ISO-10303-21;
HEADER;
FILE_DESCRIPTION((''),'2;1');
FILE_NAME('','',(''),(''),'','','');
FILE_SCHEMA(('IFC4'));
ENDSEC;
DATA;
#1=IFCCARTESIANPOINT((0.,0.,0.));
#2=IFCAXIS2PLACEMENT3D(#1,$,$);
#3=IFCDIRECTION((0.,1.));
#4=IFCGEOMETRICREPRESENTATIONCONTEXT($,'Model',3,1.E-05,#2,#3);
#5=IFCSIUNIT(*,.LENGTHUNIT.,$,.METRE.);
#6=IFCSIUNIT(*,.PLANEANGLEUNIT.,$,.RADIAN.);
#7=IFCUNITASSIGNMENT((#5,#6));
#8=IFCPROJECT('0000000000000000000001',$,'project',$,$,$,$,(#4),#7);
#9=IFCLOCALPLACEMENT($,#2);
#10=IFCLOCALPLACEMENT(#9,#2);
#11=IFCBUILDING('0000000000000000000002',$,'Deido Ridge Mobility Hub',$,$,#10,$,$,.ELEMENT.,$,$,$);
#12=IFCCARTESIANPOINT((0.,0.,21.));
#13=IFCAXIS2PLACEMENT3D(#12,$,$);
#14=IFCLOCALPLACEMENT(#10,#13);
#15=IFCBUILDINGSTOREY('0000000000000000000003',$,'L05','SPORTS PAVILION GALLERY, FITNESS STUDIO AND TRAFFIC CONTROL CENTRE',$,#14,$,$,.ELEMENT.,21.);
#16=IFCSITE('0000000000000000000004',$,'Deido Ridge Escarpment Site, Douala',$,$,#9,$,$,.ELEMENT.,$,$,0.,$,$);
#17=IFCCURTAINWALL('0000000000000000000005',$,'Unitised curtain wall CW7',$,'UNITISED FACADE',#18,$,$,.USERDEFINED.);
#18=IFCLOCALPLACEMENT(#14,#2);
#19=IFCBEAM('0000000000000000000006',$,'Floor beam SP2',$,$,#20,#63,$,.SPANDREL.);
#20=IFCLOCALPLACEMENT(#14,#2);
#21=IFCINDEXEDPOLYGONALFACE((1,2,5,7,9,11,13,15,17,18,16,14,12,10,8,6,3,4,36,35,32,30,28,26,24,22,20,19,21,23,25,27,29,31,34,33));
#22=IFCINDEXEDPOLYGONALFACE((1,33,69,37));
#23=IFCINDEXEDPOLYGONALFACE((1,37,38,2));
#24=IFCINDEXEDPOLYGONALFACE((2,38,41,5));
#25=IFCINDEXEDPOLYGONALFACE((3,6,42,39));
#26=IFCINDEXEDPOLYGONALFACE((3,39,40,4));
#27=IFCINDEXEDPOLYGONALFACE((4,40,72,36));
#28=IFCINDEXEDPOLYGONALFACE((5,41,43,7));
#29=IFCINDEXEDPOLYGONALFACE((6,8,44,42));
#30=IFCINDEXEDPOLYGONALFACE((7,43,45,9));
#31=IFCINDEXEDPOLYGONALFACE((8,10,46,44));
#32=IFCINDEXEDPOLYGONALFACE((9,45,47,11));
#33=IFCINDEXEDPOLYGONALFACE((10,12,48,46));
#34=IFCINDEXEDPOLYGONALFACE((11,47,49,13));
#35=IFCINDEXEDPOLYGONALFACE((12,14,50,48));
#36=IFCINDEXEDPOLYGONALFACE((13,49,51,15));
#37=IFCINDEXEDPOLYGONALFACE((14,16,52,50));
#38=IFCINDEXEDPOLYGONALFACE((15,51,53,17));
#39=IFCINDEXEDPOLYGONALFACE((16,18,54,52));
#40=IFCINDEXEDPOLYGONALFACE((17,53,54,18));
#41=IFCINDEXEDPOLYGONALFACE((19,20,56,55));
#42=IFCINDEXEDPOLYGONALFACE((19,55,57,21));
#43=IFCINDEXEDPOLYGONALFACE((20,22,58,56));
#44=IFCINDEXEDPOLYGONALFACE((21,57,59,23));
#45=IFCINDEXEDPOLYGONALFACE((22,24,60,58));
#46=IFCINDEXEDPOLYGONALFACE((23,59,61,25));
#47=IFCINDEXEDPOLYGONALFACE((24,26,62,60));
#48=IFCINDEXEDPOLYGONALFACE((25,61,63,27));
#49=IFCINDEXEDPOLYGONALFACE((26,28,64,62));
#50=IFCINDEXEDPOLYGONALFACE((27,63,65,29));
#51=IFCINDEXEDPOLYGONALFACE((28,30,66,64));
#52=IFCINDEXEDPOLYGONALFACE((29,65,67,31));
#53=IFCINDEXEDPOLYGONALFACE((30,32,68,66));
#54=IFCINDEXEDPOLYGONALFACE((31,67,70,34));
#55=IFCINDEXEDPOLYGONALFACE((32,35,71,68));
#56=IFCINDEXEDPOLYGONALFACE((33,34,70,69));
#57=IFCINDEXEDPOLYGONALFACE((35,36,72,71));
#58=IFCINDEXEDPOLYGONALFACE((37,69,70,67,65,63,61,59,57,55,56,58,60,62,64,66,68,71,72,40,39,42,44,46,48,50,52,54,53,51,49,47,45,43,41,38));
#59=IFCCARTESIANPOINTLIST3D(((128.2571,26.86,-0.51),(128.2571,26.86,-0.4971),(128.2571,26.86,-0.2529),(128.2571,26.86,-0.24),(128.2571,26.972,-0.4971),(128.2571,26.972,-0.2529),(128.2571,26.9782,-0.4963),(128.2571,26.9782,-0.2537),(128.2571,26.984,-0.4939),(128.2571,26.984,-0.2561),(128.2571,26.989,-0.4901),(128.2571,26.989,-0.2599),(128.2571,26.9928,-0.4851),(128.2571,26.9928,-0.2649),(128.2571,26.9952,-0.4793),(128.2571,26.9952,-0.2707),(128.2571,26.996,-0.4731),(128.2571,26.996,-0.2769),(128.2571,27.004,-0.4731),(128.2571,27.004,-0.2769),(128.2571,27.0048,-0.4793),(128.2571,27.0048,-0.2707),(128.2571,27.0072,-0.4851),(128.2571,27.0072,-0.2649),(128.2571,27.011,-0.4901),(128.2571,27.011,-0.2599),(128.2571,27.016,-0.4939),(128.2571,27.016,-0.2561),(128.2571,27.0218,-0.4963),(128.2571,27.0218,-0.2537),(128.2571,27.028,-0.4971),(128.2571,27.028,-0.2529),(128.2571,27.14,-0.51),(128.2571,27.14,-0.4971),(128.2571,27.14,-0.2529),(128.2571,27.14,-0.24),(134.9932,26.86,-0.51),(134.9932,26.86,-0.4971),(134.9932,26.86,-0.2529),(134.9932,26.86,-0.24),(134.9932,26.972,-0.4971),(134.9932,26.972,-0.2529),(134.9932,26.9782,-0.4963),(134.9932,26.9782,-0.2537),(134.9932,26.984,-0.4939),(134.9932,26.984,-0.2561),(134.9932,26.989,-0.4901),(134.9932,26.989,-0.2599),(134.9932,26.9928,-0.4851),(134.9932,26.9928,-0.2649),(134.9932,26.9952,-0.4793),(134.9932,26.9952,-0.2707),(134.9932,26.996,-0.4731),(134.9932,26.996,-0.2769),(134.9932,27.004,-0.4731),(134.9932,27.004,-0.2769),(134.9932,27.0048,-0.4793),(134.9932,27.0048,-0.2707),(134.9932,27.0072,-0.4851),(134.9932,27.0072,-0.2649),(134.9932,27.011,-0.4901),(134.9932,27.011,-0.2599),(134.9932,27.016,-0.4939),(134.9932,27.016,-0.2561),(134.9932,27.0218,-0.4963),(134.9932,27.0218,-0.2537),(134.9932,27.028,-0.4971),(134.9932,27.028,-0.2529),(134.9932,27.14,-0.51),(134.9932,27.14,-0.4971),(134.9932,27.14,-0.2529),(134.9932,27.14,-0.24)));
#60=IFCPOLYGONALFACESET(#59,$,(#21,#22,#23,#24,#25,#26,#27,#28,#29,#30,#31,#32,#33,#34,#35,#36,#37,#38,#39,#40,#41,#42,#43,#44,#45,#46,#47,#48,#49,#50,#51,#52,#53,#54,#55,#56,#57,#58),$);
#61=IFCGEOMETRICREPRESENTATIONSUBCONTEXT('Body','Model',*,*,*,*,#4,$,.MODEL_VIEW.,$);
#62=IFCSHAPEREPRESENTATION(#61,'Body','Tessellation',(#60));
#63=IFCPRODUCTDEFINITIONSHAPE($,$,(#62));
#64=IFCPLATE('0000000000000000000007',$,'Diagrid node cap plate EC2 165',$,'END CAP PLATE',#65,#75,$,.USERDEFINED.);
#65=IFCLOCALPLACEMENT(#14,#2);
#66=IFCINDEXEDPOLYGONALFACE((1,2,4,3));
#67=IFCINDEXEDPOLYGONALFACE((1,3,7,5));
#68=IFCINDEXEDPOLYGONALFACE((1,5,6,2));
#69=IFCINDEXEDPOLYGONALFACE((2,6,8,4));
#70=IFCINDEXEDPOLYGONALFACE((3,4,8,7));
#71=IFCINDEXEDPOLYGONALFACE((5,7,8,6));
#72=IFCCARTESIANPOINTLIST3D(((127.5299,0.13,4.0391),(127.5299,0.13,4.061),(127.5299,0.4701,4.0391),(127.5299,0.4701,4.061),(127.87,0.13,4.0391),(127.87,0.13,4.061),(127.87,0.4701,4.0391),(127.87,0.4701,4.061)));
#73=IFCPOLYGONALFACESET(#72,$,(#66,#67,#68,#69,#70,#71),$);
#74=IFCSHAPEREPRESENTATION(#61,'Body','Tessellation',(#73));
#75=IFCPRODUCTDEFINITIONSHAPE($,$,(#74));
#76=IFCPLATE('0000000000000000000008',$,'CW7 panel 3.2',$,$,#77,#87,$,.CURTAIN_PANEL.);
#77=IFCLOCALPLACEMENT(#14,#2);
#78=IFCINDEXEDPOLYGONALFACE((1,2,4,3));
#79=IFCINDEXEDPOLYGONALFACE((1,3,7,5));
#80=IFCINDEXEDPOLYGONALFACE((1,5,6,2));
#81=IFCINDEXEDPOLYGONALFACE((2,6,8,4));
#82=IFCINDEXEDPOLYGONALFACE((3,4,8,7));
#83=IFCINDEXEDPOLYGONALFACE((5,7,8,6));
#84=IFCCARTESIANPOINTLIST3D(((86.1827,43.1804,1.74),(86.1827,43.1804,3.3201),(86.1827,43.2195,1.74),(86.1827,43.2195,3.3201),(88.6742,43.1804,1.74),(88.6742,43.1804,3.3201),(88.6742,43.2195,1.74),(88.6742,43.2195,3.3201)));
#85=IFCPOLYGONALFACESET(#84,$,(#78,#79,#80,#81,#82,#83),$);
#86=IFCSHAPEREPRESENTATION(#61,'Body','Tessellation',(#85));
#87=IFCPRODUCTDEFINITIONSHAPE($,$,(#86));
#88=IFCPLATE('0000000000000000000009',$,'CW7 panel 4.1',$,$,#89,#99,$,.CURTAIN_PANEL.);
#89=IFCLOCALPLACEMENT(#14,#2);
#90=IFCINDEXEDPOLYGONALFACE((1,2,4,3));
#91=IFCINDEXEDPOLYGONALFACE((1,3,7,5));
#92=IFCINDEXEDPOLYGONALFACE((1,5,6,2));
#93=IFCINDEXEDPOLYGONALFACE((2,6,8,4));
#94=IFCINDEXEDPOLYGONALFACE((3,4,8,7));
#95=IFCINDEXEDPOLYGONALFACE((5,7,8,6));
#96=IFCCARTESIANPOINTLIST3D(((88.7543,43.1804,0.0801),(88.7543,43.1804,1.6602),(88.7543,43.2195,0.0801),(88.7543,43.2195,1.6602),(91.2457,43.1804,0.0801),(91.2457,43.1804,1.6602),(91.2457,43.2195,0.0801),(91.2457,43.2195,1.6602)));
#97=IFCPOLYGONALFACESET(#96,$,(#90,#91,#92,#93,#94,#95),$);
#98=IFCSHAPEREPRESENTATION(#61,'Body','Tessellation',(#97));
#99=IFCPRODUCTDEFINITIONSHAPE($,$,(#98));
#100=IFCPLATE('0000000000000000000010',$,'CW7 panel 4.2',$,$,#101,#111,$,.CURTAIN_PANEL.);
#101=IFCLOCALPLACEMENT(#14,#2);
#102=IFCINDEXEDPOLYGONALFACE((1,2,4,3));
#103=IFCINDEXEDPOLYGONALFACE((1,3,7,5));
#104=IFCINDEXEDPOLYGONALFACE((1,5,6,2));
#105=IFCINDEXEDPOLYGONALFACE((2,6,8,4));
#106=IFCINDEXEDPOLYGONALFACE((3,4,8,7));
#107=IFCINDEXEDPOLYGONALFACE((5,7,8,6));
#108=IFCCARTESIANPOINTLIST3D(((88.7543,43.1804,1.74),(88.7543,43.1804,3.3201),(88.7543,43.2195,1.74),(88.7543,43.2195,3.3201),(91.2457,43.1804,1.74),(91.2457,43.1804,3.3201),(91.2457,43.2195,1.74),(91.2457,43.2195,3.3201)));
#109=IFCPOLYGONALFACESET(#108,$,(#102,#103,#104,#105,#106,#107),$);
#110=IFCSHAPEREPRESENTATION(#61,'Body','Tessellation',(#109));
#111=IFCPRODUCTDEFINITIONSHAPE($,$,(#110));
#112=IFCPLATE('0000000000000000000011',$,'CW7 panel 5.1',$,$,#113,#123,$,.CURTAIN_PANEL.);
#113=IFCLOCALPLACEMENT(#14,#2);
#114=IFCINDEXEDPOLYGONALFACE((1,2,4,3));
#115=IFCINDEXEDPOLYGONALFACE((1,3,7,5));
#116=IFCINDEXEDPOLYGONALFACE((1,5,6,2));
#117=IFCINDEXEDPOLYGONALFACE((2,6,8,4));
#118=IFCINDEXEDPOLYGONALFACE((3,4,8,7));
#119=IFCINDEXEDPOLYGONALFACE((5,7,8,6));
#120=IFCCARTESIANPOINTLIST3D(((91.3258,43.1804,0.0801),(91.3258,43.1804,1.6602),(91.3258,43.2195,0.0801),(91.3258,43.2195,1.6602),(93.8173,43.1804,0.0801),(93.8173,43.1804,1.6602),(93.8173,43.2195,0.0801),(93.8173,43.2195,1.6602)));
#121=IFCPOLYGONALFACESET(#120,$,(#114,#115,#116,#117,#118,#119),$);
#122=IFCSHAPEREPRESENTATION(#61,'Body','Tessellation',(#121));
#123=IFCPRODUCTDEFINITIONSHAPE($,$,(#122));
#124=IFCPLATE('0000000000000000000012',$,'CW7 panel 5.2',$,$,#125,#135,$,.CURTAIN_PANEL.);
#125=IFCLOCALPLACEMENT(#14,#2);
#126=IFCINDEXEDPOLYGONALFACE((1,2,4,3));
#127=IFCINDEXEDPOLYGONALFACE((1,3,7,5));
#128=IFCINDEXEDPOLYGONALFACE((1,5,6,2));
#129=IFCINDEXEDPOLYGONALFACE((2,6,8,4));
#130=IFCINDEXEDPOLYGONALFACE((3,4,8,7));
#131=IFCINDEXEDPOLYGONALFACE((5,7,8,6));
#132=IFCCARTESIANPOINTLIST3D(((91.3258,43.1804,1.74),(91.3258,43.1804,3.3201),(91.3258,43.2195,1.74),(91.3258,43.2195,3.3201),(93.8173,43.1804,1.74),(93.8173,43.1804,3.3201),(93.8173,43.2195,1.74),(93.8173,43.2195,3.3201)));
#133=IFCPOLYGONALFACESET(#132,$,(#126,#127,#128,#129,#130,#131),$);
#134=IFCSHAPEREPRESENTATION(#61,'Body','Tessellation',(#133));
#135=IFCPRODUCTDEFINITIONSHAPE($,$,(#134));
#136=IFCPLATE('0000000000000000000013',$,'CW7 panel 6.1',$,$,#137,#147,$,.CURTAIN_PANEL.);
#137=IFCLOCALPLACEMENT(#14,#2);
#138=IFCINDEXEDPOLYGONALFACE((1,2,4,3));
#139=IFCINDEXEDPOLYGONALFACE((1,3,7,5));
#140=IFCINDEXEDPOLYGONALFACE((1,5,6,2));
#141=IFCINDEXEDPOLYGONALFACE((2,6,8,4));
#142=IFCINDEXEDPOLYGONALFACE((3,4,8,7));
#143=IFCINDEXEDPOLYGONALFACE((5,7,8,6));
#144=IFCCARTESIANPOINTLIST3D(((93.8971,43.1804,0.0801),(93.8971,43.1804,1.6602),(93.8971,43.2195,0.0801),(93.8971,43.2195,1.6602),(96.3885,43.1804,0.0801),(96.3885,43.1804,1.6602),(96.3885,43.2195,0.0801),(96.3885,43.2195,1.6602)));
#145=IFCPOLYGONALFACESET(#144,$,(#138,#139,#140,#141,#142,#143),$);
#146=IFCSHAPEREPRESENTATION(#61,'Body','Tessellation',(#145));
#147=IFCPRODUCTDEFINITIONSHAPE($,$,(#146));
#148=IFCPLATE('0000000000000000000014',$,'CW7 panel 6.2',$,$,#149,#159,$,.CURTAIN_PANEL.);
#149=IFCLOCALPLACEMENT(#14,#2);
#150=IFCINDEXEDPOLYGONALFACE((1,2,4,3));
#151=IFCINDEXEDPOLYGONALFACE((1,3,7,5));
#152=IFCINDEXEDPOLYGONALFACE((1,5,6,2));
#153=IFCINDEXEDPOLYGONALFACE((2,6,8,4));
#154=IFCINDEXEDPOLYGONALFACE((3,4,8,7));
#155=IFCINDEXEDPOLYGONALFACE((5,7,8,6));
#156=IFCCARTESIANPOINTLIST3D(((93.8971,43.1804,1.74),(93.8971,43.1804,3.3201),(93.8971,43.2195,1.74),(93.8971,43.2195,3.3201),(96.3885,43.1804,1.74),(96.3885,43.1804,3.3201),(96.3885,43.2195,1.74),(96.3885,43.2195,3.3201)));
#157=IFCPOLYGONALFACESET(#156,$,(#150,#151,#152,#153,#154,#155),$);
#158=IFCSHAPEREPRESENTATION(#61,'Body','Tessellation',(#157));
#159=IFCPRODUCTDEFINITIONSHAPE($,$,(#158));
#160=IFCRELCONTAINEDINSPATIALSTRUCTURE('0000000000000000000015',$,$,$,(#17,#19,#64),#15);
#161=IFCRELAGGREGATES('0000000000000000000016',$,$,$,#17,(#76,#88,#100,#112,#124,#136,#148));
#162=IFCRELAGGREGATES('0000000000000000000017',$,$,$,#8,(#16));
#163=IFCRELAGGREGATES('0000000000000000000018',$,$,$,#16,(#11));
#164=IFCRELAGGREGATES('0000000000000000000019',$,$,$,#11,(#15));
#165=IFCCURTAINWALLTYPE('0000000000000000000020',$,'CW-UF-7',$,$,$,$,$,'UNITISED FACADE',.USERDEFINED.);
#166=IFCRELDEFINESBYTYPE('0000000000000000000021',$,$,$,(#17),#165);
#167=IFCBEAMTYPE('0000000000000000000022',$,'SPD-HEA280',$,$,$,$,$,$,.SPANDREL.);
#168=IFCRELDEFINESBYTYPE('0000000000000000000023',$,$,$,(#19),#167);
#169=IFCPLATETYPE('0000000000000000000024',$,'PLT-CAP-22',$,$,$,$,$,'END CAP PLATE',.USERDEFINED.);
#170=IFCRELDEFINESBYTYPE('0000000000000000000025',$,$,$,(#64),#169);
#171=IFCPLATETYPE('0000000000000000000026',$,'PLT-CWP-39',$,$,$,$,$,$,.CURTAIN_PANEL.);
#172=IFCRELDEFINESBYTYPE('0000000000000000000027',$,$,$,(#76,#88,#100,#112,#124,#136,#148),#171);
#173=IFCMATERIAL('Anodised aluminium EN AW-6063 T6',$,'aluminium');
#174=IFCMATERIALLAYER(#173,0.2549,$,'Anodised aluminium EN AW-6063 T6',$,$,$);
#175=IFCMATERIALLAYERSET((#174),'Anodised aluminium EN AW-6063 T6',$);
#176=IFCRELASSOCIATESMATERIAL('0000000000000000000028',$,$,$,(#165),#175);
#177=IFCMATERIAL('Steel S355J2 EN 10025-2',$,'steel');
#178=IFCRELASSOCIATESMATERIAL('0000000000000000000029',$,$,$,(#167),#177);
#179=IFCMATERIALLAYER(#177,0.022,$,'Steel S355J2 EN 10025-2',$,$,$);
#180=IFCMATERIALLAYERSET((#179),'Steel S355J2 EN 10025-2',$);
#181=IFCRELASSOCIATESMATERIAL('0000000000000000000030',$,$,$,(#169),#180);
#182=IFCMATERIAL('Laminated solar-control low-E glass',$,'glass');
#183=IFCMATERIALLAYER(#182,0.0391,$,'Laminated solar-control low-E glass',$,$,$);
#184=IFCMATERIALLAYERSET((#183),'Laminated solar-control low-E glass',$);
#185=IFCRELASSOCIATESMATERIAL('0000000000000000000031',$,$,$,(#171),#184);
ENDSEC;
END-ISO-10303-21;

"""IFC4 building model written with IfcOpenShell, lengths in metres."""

from ifc_helpers import new_model, si_unit, direction, frame, origin, origin_2d, place, context, subcontext, project, spatial, rectangle, i_section, extrude, material, layer, layer_set, material_profile, profile_set, type_object, element, aggregate, save


model = new_model("IFC4")

# Units and contexts
model_context = context("Model", 3, precision=1e-05, world=origin(), true_north=direction((0.0, 1.0)))
body_context = subcontext(model_context, "Body", "Model", "MODEL_VIEW")
ifc_project = project(units=[si_unit("LENGTHUNIT", "METRE"), si_unit("PLANEANGLEUNIT", "RADIAN")], contexts=[model_context])

# Site, building, storey
site_placement = place(None, origin())
site = spatial("IfcSite", under=ifc_project, at=site_placement, Name="Deido Ridge Escarpment Site, Douala", CompositionType="ELEMENT", RefElevation=0.0)
building_placement = place(site_placement, origin())
building = spatial("IfcBuilding", under=site, at=building_placement, Name="Deido Ridge Mobility Hub", CompositionType="ELEMENT")
storey_placement = place(building_placement, frame((0.0, 0.0, 21.0)))
storey = spatial("IfcBuildingStorey", under=building, at=storey_placement, Name="L05", Description="SPORTS PAVILION GALLERY, FITNESS STUDIO AND TRAFFIC CONTROL CENTRE", CompositionType="ELEMENT", Elevation=21.0)

# Shared definitions
ifc_material_1 = material(Name="Steel S355J2 EN 10025-2", Category="steel")

# Curtain wall
ifc_material_2 = material(Name="Anodised aluminium EN AW-6063 T6", Category="aluminium")
ifc_layer_1 = layer(ifc_material_2, 0.2549, Name="Anodised aluminium EN AW-6063 T6")
ifc_layer_set_1 = layer_set([ifc_layer_1], Name="Anodised aluminium EN AW-6063 T6")
curtain_wall_type = type_object("IfcCurtainWallType", Name="CW-UF-7", ElementType="UNITISED FACADE", PredefinedType="USERDEFINED", material=ifc_layer_set_1)
curtain_wall_placement = place(storey_placement, origin())
curtain_wall = element("IfcCurtainWall", 1, at=curtain_wall_placement, inside=storey, type_object=curtain_wall_type, Name="Unitised curtain wall CW7", ObjectType="UNITISED FACADE", PredefinedType="USERDEFINED")

# Beam
ifc_material_profile_1 = material_profile(ifc_material_1, i_section(OverallWidth=0.28, OverallDepth=0.27, WebThickness=0.0081, FlangeThickness=0.0129, FilletRadius=0.0239, at=origin_2d()), Name="HEA 280")
ifc_profile_set_1 = profile_set([ifc_material_profile_1], Name="Steel S355J2 EN 10025-2")
beam_type_1 = type_object("IfcBeamType", Name="SPD-HEA280", PredefinedType="SPANDREL", material=ifc_profile_set_1)
beam_1_placement = place(storey_placement, frame((128.2571, 27.0, -0.375), z_axis=(1.0, 0.0, 0.0), x_axis=(0.0, 1.0, 0.0)))
element("IfcBeam", 2, at=beam_1_placement, inside=storey, type_object=beam_type_1, Name="Floor beam SP2", PredefinedType="SPANDREL", context=body_context, shape_type="SweptSolid", body=[
    extrude(i_section(OverallWidth=0.28, OverallDepth=0.27, WebThickness=0.0081, FlangeThickness=0.0129, FilletRadius=0.0239, at=origin_2d()), origin(), (0.0, 0.0, 1.0), 6.7361),
])

# Plates
ifc_layer_2 = layer(ifc_material_1, 0.022, Name="Steel S355J2 EN 10025-2")
ifc_layer_set_2 = layer_set([ifc_layer_2], Name="Steel S355J2 EN 10025-2")
plate_type_1 = type_object("IfcPlateType", Name="PLT-CAP-22", ElementType="END CAP PLATE", PredefinedType="USERDEFINED", material=ifc_layer_set_2)
plate_1_placement = place(storey_placement, frame((127.7, 0.3, 4.0391), z_axis=(0.0, 0.0, 1.0), x_axis=(1.0, 0.0, 0.0)))
element("IfcPlate", 3, at=plate_1_placement, inside=storey, type_object=plate_type_1, Name="Diagrid node cap plate EC2 165", ObjectType="END CAP PLATE", PredefinedType="USERDEFINED", context=body_context, shape_type="SweptSolid", body=[
    extrude(rectangle(XDim=0.3401, YDim=0.3401, at=origin_2d()), origin(), (0.0, 0.0, 1.0), 0.022),
])
ifc_material_3 = material(Name="Laminated solar-control low-E glass", Category="glass")
ifc_layer_3 = layer(ifc_material_3, 0.0391, Name="Laminated solar-control low-E glass")
ifc_layer_set_3 = layer_set([ifc_layer_3], Name="Laminated solar-control low-E glass")
plate_type_2 = type_object("IfcPlateType", Name="PLT-CWP-39", PredefinedType="CURTAIN_PANEL", material=ifc_layer_set_3)
plate_2_placement = place(storey_placement, frame((87.4285, 43.2, 1.74), z_axis=(0.0, 0.0, 1.0), x_axis=(1.0, 0.0, 0.0)))
plate_2 = element("IfcPlate", 4, at=plate_2_placement, type_object=plate_type_2, Name="CW7 panel 3.2", PredefinedType="CURTAIN_PANEL", context=body_context, shape_type="SweptSolid", body=[
    extrude(rectangle(XDim=2.4915, YDim=0.0391, at=origin_2d()), origin(), (0.0, 0.0, 1.0), 1.5801),
])
plate_3_placement = place(storey_placement, frame((90.0, 43.2, 0.0801), z_axis=(0.0, 0.0, 1.0), x_axis=(1.0, 0.0, 0.0)))
plate_3 = element("IfcPlate", 5, at=plate_3_placement, type_object=plate_type_2, Name="CW7 panel 4.1", PredefinedType="CURTAIN_PANEL", context=body_context, shape_type="SweptSolid", body=[
    extrude(rectangle(XDim=2.4915, YDim=0.0391, at=origin_2d()), origin(), (0.0, 0.0, 1.0), 1.5801),
])
plate_4_placement = place(storey_placement, frame((90.0, 43.2, 1.74), z_axis=(0.0, 0.0, 1.0), x_axis=(1.0, 0.0, 0.0)))
plate_4 = element("IfcPlate", 6, at=plate_4_placement, type_object=plate_type_2, Name="CW7 panel 4.2", PredefinedType="CURTAIN_PANEL", context=body_context, shape_type="SweptSolid", body=[
    extrude(rectangle(XDim=2.4915, YDim=0.0391, at=origin_2d()), origin(), (0.0, 0.0, 1.0), 1.5801),
])
plate_5_placement = place(storey_placement, frame((92.5715, 43.2, 0.0801), z_axis=(0.0, 0.0, 1.0), x_axis=(1.0, 0.0, 0.0)))
plate_5 = element("IfcPlate", 7, at=plate_5_placement, type_object=plate_type_2, Name="CW7 panel 5.1", PredefinedType="CURTAIN_PANEL", context=body_context, shape_type="SweptSolid", body=[
    extrude(rectangle(XDim=2.4915, YDim=0.0391, at=origin_2d()), origin(), (0.0, 0.0, 1.0), 1.5801),
])
plate_6_placement = place(storey_placement, frame((92.5715, 43.2, 1.74), z_axis=(0.0, 0.0, 1.0), x_axis=(1.0, 0.0, 0.0)))
plate_6 = element("IfcPlate", 8, at=plate_6_placement, type_object=plate_type_2, Name="CW7 panel 5.2", PredefinedType="CURTAIN_PANEL", context=body_context, shape_type="SweptSolid", body=[
    extrude(rectangle(XDim=2.4915, YDim=0.0391, at=origin_2d()), origin(), (0.0, 0.0, 1.0), 1.5801),
])
plate_7_placement = place(storey_placement, frame((95.1428, 43.2, 0.0801), z_axis=(0.0, 0.0, 1.0), x_axis=(1.0, 0.0, 0.0)))
plate_7 = element("IfcPlate", 9, at=plate_7_placement, type_object=plate_type_2, Name="CW7 panel 6.1", PredefinedType="CURTAIN_PANEL", context=body_context, shape_type="SweptSolid", body=[
    extrude(rectangle(XDim=2.4915, YDim=0.0391, at=origin_2d()), origin(), (0.0, 0.0, 1.0), 1.5801),
])
plate_8_placement = place(storey_placement, frame((95.1428, 43.2, 1.74), z_axis=(0.0, 0.0, 1.0), x_axis=(1.0, 0.0, 0.0)))
plate_8 = element("IfcPlate", 10, at=plate_8_placement, type_object=plate_type_2, Name="CW7 panel 6.2", PredefinedType="CURTAIN_PANEL", context=body_context, shape_type="SweptSolid", body=[
    extrude(rectangle(XDim=2.4915, YDim=0.0391, at=origin_2d()), origin(), (0.0, 0.0, 1.0), 1.5801),
])
aggregate(curtain_wall, [plate_2, plate_3, plate_4, plate_5, plate_6, plate_7, plate_8])

save(model, "model.ifc")
